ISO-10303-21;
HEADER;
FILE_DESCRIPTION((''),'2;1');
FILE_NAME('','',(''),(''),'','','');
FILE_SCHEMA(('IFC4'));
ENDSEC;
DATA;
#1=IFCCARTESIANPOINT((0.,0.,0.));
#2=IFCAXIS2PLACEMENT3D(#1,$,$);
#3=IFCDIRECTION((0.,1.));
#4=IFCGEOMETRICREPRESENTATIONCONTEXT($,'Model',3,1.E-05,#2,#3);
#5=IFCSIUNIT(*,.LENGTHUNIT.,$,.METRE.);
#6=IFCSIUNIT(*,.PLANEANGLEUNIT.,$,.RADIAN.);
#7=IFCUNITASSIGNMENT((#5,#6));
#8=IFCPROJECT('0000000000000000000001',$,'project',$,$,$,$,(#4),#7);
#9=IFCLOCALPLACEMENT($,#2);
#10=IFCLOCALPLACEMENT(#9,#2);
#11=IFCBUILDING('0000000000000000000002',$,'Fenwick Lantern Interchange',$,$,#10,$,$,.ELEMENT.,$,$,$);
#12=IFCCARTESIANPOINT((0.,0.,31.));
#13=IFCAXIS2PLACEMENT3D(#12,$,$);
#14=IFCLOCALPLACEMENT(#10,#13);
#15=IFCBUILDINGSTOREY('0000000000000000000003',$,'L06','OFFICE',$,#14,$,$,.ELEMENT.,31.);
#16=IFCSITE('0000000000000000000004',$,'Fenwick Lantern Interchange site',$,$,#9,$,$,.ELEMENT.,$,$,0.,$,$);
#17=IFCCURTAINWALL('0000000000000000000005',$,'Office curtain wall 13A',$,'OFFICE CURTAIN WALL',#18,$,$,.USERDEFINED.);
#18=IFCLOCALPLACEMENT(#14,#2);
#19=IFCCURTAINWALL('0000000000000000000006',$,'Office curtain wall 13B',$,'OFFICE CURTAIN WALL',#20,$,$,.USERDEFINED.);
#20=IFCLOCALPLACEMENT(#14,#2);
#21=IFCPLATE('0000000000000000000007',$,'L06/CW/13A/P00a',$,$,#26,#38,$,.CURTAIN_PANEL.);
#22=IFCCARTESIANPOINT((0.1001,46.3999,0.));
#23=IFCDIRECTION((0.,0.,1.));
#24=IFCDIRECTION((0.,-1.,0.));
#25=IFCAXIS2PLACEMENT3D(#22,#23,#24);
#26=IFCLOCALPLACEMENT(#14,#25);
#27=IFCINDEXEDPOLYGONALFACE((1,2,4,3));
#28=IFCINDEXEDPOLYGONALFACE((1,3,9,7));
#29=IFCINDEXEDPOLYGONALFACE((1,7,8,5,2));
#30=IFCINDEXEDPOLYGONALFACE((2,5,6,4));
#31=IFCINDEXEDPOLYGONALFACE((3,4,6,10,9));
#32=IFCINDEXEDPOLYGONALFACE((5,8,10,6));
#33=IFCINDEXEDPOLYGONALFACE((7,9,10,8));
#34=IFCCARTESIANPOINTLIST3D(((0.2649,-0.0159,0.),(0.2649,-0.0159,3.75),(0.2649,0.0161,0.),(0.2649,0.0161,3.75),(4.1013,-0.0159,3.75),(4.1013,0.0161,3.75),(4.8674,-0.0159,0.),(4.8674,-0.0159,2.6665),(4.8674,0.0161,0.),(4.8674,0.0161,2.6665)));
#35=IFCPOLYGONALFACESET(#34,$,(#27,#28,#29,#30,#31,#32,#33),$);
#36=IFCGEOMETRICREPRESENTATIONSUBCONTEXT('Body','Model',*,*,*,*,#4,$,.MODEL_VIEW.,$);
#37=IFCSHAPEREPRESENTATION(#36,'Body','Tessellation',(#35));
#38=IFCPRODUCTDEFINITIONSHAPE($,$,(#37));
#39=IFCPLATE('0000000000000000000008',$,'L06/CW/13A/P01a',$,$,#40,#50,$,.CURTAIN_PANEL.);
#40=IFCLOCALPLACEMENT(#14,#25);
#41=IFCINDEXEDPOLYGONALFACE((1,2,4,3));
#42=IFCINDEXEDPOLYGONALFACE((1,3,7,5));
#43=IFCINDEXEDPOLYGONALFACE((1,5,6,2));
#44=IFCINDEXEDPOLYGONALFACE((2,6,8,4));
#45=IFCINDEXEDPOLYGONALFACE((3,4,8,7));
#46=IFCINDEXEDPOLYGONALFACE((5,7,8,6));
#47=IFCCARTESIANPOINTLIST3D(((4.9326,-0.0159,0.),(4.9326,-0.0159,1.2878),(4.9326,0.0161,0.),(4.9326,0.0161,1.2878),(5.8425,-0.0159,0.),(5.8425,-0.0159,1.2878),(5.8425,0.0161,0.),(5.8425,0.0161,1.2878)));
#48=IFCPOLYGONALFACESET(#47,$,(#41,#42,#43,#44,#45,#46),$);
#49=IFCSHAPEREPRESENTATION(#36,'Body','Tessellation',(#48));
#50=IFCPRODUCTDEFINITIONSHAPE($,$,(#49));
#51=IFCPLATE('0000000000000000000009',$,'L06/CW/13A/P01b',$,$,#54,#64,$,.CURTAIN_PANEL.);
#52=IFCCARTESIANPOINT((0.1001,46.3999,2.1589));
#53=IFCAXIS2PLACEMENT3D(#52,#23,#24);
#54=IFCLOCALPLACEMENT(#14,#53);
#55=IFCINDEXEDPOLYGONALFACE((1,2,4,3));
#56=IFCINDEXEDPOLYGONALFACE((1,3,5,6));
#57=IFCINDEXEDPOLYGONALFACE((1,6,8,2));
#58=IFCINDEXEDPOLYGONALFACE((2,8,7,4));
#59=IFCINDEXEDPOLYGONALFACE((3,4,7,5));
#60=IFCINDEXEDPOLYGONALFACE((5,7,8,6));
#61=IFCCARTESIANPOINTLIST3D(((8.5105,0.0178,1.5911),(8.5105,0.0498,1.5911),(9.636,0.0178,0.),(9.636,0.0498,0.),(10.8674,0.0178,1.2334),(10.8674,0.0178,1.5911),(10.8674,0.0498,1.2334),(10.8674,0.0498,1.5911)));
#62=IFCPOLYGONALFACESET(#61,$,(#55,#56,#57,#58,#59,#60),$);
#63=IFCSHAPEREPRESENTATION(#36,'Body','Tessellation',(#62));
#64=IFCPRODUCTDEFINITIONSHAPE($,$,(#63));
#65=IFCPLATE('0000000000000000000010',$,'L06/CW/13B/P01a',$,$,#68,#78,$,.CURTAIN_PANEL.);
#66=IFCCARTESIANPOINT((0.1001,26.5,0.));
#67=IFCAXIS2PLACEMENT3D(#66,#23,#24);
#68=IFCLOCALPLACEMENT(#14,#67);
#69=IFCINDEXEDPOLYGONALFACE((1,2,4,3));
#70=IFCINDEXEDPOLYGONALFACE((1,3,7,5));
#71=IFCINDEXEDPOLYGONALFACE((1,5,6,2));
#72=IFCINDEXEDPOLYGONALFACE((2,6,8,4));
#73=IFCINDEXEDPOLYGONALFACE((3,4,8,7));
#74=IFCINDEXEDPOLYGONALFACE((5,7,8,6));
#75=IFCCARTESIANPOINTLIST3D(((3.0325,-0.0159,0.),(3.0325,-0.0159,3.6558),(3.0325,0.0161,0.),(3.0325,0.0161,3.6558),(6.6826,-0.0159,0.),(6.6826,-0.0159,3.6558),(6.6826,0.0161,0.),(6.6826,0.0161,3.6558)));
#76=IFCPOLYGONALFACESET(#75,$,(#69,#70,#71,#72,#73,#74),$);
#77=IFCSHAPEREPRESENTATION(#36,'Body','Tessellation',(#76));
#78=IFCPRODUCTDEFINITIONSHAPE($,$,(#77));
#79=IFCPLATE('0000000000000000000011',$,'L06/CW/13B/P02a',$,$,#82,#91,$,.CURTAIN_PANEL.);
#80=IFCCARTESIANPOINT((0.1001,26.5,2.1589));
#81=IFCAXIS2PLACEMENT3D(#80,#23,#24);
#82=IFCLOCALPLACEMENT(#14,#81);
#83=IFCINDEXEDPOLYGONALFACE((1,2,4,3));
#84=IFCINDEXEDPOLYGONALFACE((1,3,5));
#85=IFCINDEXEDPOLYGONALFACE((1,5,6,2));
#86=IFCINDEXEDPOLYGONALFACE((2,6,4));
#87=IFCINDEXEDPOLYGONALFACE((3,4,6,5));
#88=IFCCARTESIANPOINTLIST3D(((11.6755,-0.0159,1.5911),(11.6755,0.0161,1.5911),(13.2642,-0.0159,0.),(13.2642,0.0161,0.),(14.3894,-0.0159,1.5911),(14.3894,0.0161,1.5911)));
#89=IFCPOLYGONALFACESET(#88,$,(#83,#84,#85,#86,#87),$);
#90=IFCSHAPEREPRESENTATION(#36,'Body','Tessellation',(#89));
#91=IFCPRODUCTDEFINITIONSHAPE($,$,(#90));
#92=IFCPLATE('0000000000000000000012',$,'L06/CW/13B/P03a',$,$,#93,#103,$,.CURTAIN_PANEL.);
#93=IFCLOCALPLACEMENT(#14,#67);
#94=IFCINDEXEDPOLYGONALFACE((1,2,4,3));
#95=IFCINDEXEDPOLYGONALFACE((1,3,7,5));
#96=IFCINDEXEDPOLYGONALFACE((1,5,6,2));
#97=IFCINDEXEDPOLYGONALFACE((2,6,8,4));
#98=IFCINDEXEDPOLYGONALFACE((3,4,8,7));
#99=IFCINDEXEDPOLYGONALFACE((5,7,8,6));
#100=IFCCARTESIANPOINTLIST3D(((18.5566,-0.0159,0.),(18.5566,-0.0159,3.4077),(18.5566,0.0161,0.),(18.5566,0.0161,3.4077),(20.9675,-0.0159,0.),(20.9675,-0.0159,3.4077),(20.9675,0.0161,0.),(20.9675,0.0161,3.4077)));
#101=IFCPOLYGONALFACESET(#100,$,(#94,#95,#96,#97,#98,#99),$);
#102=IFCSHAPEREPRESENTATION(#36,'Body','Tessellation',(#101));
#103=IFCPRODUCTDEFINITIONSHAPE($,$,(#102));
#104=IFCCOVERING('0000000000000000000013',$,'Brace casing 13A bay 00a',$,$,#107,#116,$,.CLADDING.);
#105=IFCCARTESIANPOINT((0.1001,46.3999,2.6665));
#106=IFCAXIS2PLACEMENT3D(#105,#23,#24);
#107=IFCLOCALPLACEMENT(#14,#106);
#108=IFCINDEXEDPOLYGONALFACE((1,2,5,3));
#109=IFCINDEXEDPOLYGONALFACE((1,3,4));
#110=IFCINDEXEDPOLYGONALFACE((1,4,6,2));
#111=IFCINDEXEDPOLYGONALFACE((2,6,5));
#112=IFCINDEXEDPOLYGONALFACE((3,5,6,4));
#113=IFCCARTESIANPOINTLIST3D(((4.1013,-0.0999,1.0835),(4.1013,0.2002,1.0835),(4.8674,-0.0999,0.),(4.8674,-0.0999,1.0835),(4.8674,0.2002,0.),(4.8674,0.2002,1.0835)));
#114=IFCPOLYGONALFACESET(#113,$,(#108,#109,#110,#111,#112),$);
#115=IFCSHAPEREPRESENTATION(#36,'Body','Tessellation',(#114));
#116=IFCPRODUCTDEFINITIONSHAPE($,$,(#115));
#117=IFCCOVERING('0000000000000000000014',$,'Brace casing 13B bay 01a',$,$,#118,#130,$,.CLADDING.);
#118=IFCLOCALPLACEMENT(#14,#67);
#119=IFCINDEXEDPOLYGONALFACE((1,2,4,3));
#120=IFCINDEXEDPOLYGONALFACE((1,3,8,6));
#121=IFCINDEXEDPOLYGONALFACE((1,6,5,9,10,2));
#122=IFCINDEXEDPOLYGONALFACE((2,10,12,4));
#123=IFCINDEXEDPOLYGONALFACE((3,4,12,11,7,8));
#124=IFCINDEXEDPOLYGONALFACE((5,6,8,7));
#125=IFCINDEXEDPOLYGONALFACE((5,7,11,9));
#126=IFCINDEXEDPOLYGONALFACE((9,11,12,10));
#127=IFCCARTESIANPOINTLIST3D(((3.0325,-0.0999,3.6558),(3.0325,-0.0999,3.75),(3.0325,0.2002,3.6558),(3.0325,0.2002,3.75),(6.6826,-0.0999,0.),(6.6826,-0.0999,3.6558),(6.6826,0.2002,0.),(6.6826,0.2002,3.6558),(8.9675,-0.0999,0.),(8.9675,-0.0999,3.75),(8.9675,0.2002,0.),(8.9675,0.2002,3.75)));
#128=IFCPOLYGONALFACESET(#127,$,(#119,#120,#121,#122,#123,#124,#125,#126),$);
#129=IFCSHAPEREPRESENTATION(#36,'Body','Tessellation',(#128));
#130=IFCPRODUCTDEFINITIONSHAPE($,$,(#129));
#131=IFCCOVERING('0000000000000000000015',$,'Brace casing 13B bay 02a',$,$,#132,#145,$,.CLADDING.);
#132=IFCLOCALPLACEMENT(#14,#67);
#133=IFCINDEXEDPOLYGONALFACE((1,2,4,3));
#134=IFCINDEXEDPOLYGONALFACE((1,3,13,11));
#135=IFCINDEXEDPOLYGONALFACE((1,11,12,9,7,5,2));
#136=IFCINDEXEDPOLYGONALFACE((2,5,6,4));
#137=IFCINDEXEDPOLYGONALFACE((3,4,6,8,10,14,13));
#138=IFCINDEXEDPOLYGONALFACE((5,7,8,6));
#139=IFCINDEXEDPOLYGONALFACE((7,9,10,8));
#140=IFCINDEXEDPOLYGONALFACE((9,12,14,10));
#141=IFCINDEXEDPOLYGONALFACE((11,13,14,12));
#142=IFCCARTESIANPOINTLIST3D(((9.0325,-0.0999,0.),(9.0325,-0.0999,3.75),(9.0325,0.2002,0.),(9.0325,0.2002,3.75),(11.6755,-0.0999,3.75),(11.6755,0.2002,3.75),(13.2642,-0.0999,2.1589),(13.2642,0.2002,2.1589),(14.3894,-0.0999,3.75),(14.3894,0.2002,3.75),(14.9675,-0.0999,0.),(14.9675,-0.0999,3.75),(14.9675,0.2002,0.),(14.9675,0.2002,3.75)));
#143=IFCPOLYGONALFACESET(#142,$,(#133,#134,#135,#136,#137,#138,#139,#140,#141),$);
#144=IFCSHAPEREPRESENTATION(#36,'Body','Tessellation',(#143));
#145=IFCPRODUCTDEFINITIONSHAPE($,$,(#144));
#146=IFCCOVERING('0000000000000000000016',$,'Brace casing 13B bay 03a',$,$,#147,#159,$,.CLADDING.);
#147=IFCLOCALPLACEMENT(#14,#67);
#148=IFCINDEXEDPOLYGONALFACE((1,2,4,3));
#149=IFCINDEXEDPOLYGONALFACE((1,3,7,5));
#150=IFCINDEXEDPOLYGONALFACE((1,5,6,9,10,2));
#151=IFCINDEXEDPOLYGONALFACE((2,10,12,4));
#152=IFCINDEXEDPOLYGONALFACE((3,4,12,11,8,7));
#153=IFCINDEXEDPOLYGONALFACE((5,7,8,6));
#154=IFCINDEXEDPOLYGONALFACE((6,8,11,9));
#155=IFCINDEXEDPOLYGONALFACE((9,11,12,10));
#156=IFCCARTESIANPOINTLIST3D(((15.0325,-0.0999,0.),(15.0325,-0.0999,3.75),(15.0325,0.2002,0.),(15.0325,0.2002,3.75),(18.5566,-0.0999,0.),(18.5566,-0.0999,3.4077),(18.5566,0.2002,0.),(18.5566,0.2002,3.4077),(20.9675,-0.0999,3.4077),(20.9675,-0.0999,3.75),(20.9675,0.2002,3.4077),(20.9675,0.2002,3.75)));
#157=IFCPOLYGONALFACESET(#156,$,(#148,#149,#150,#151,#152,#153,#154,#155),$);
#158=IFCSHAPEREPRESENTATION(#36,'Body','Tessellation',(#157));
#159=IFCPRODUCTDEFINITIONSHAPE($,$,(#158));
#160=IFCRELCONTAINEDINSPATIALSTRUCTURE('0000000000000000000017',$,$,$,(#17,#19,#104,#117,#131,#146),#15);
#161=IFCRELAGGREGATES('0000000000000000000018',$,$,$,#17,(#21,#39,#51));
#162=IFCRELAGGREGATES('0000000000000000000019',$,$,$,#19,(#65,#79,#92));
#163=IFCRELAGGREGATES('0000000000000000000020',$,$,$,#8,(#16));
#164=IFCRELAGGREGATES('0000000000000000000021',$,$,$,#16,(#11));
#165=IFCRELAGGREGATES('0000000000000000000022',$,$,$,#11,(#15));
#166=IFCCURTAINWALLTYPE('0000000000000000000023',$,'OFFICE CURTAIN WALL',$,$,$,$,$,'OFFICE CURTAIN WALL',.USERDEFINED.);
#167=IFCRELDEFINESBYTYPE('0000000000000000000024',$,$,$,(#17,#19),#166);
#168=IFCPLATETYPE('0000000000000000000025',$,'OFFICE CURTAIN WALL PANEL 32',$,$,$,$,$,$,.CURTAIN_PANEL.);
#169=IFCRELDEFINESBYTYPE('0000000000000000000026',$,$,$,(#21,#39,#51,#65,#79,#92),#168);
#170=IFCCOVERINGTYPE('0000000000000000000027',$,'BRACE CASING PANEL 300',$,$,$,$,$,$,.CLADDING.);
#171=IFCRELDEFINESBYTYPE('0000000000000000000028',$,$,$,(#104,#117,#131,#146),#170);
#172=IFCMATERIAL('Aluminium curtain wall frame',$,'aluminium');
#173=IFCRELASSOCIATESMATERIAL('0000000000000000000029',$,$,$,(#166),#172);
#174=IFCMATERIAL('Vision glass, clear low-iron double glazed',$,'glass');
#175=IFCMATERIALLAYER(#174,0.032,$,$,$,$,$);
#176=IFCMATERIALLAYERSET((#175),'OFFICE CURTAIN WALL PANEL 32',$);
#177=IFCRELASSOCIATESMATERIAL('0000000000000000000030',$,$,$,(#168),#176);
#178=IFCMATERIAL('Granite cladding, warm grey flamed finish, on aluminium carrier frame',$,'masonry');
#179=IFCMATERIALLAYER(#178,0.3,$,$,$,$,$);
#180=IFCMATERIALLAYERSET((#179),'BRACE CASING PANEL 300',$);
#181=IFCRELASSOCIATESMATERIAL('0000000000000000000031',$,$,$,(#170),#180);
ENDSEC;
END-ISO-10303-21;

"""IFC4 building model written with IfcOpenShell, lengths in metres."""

from ifc_helpers import new_model, si_unit, direction, frame, origin, place, context, subcontext, project, spatial, polyline, outline, extrude, material, layer, layer_set, type_object, element, aggregate, save


model = new_model("IFC4")

# Units and contexts
model_context = context("Model", 3, precision=1e-05, world=origin(), true_north=direction((0.0, 1.0)))
body_context = subcontext(model_context, "Body", "Model", "MODEL_VIEW")
ifc_project = project(units=[si_unit("LENGTHUNIT", "METRE"), si_unit("PLANEANGLEUNIT", "RADIAN")], contexts=[model_context])

# Site, building, storey
site_placement = place(None, origin())
site = spatial("IfcSite", under=ifc_project, at=site_placement, Name="Fenwick Lantern Interchange site", CompositionType="ELEMENT", RefElevation=0.0)
building_placement = place(site_placement, origin())
building = spatial("IfcBuilding", under=site, at=building_placement, Name="Fenwick Lantern Interchange", CompositionType="ELEMENT")
storey_placement = place(building_placement, frame((0.0, 0.0, 31.0)))
storey = spatial("IfcBuildingStorey", under=building, at=storey_placement, Name="L06", Description="OFFICE", CompositionType="ELEMENT", Elevation=31.0)

# Curtain wall
ifc_material_1 = material(Name="Aluminium curtain wall frame", Category="aluminium")
curtain_wall_type = type_object("IfcCurtainWallType", Name="OFFICE CURTAIN WALL", ElementType="OFFICE CURTAIN WALL", PredefinedType="USERDEFINED", material=ifc_material_1)
curtain_wall_1_placement = place(storey_placement, origin())
curtain_wall_1 = element("IfcCurtainWall", 1, at=curtain_wall_1_placement, inside=storey, type_object=curtain_wall_type, Name="Office curtain wall 13A", ObjectType="OFFICE CURTAIN WALL", PredefinedType="USERDEFINED")

# Curtain wall
curtain_wall_2_placement = place(storey_placement, origin())
curtain_wall_2 = element("IfcCurtainWall", 2, at=curtain_wall_2_placement, inside=storey, type_object=curtain_wall_type, Name="Office curtain wall 13B", ObjectType="OFFICE CURTAIN WALL", PredefinedType="USERDEFINED")

# Plates
ifc_material_2 = material(Name="Vision glass, clear low-iron double glazed", Category="glass")
ifc_layer_1 = layer(ifc_material_2, 0.032)
ifc_layer_set_1 = layer_set([ifc_layer_1], Name="OFFICE CURTAIN WALL PANEL 32")
plate_type = type_object("IfcPlateType", Name="OFFICE CURTAIN WALL PANEL 32", PredefinedType="CURTAIN_PANEL", material=ifc_layer_set_1)
plate_1_placement = place(storey_placement, frame((0.1001, 46.3999, 0.0), z_axis=(0.0, 0.0, 1.0), x_axis=(0.0, -1.0, 0.0)))
plate_1 = element("IfcPlate", 3, at=plate_1_placement, type_object=plate_type, Name="L06/CW/13A/P00a", PredefinedType="CURTAIN_PANEL", context=body_context, shape_type="SweptSolid", body=[
    extrude(outline(polyline([(0.2649, 0.0), (4.8674, 0.0), (4.8674, 2.6665), (4.1013, 3.75), (0.2649, 3.75), (0.2649, 0.0)])), frame((0.0, 0.0161, 0.0), z_axis=(0.0, -1.0, 0.0), x_axis=(1.0, 0.0, 0.0)), (0.0, 0.0, 1.0), 0.032),
])
plate_2_placement = place(storey_placement, frame((0.1001, 46.3999, 0.0), z_axis=(0.0, 0.0, 1.0), x_axis=(0.0, -1.0, 0.0)))
plate_2 = element("IfcPlate", 4, at=plate_2_placement, type_object=plate_type, Name="L06/CW/13A/P01a", PredefinedType="CURTAIN_PANEL", context=body_context, shape_type="SweptSolid", body=[
    extrude(outline(polyline([(4.9326, 0.0), (5.8425, 0.0), (5.8425, 1.2878), (4.9326, 1.2878), (4.9326, 0.0)])), frame((0.0, 0.0161, 0.0), z_axis=(0.0, -1.0, 0.0), x_axis=(1.0, 0.0, 0.0)), (0.0, 0.0, 1.0), 0.032),
])
plate_3_placement = place(storey_placement, frame((0.1001, 46.3999, 2.1589), z_axis=(0.0, 0.0, 1.0), x_axis=(0.0, -1.0, 0.0)))
plate_3 = element("IfcPlate", 5, at=plate_3_placement, type_object=plate_type, Name="L06/CW/13A/P01b", PredefinedType="CURTAIN_PANEL", context=body_context, shape_type="SweptSolid", body=[
    extrude(outline(polyline([(9.636, 0.0), (10.8674, 1.2334), (10.8674, 1.5911), (8.5105, 1.5911), (9.636, 0.0)])), frame((0.0, 0.0498, 0.0), z_axis=(0.0, -1.0, 0.0), x_axis=(1.0, 0.0, 0.0)), (0.0, 0.0, 1.0), 0.032),
])
aggregate(curtain_wall_1, [plate_1, plate_2, plate_3])
plate_4_placement = place(storey_placement, frame((0.1001, 26.5, 0.0), z_axis=(0.0, 0.0, 1.0), x_axis=(0.0, -1.0, 0.0)))
plate_4 = element("IfcPlate", 6, at=plate_4_placement, type_object=plate_type, Name="L06/CW/13B/P01a", PredefinedType="CURTAIN_PANEL", context=body_context, shape_type="SweptSolid", body=[
    extrude(outline(polyline([(3.0325, 0.0), (6.6826, 0.0), (6.6826, 3.6558), (3.0325, 3.6558), (3.0325, 0.0)])), frame((0.0, 0.0161, 0.0), z_axis=(0.0, -1.0, 0.0), x_axis=(1.0, 0.0, 0.0)), (0.0, 0.0, 1.0), 0.032),
])
plate_5_placement = place(storey_placement, frame((0.1001, 26.5, 2.1589), z_axis=(0.0, 0.0, 1.0), x_axis=(0.0, -1.0, 0.0)))
plate_5 = element("IfcPlate", 7, at=plate_5_placement, type_object=plate_type, Name="L06/CW/13B/P02a", PredefinedType="CURTAIN_PANEL", context=body_context, shape_type="SweptSolid", body=[
    extrude(outline(polyline([(13.2642, 0.0), (14.3894, 1.5911), (11.6755, 1.5911), (13.2642, 0.0)])), frame((0.0, 0.0161, 0.0), z_axis=(0.0, -1.0, 0.0), x_axis=(1.0, 0.0, 0.0)), (0.0, 0.0, 1.0), 0.032),
])
plate_6_placement = place(storey_placement, frame((0.1001, 26.5, 0.0), z_axis=(0.0, 0.0, 1.0), x_axis=(0.0, -1.0, 0.0)))
plate_6 = element("IfcPlate", 8, at=plate_6_placement, type_object=plate_type, Name="L06/CW/13B/P03a", PredefinedType="CURTAIN_PANEL", context=body_context, shape_type="SweptSolid", body=[
    extrude(outline(polyline([(18.5566, 0.0), (20.9675, 0.0), (20.9675, 3.4077), (18.5566, 3.4077), (18.5566, 0.0)])), frame((0.0, 0.0161, 0.0), z_axis=(0.0, -1.0, 0.0), x_axis=(1.0, 0.0, 0.0)), (0.0, 0.0, 1.0), 0.032),
])
aggregate(curtain_wall_2, [plate_4, plate_5, plate_6])

# Coverings
ifc_material_3 = material(Name="Granite cladding, warm grey flamed finish, on aluminium carrier frame", Category="masonry")
ifc_layer_2 = layer(ifc_material_3, 0.3)
ifc_layer_set_2 = layer_set([ifc_layer_2], Name="BRACE CASING PANEL 300")
covering_type = type_object("IfcCoveringType", Name="BRACE CASING PANEL 300", PredefinedType="CLADDING", material=ifc_layer_set_2)
covering_1_placement = place(storey_placement, frame((0.1001, 46.3999, 2.6665), z_axis=(0.0, 0.0, 1.0), x_axis=(0.0, -1.0, 0.0)))
element("IfcCovering", 9, at=covering_1_placement, inside=storey, type_object=covering_type, Name="Brace casing 13A bay 00a", PredefinedType="CLADDING", context=body_context, shape_type="SweptSolid", body=[
    extrude(outline(polyline([(4.8674, 0.0), (4.8674, 1.0835), (4.1013, 1.0835), (4.8674, 0.0)])), frame((0.0, 0.2002, 0.0), z_axis=(0.0, -1.0, 0.0), x_axis=(1.0, 0.0, 0.0)), (0.0, 0.0, 1.0), 0.3),
])
covering_2_placement = place(storey_placement, frame((0.1001, 26.5, 0.0), z_axis=(0.0, 0.0, 1.0), x_axis=(0.0, -1.0, 0.0)))
element("IfcCovering", 10, at=covering_2_placement, inside=storey, type_object=covering_type, Name="Brace casing 13B bay 01a", PredefinedType="CLADDING", context=body_context, shape_type="SweptSolid", body=[
    extrude(outline(polyline([(6.6826, 0.0), (8.9675, 0.0), (8.9675, 3.75), (3.0325, 3.75), (3.0325, 3.6558), (6.6826, 3.6558), (6.6826, 0.0)])), frame((0.0, 0.2002, 0.0), z_axis=(0.0, -1.0, 0.0), x_axis=(1.0, 0.0, 0.0)), (0.0, 0.0, 1.0), 0.3),
])
covering_3_placement = place(storey_placement, frame((0.1001, 26.5, 0.0), z_axis=(0.0, 0.0, 1.0), x_axis=(0.0, -1.0, 0.0)))
element("IfcCovering", 11, at=covering_3_placement, inside=storey, type_object=covering_type, Name="Brace casing 13B bay 02a", PredefinedType="CLADDING", context=body_context, shape_type="SweptSolid", body=[
    extrude(outline(polyline([(9.0325, 0.0), (14.9675, 0.0), (14.9675, 3.75), (14.3894, 3.75), (13.2642, 2.1589), (11.6755, 3.75), (9.0325, 3.75), (9.0325, 0.0)])), frame((0.0, 0.2002, 0.0), z_axis=(0.0, -1.0, 0.0), x_axis=(1.0, 0.0, 0.0)), (0.0, 0.0, 1.0), 0.3),
])
covering_4_placement = place(storey_placement, frame((0.1001, 26.5, 0.0), z_axis=(0.0, 0.0, 1.0), x_axis=(0.0, -1.0, 0.0)))
element("IfcCovering", 12, at=covering_4_placement, inside=storey, type_object=covering_type, Name="Brace casing 13B bay 03a", PredefinedType="CLADDING", context=body_context, shape_type="SweptSolid", body=[
    extrude(outline(polyline([(15.0325, 0.0), (18.5566, 0.0), (18.5566, 3.4077), (20.9675, 3.4077), (20.9675, 3.75), (15.0325, 3.75), (15.0325, 0.0)])), frame((0.0, 0.2002, 0.0), z_axis=(0.0, -1.0, 0.0), x_axis=(1.0, 0.0, 0.0)), (0.0, 0.0, 1.0), 0.3),
])

save(model, "model.ifc")
